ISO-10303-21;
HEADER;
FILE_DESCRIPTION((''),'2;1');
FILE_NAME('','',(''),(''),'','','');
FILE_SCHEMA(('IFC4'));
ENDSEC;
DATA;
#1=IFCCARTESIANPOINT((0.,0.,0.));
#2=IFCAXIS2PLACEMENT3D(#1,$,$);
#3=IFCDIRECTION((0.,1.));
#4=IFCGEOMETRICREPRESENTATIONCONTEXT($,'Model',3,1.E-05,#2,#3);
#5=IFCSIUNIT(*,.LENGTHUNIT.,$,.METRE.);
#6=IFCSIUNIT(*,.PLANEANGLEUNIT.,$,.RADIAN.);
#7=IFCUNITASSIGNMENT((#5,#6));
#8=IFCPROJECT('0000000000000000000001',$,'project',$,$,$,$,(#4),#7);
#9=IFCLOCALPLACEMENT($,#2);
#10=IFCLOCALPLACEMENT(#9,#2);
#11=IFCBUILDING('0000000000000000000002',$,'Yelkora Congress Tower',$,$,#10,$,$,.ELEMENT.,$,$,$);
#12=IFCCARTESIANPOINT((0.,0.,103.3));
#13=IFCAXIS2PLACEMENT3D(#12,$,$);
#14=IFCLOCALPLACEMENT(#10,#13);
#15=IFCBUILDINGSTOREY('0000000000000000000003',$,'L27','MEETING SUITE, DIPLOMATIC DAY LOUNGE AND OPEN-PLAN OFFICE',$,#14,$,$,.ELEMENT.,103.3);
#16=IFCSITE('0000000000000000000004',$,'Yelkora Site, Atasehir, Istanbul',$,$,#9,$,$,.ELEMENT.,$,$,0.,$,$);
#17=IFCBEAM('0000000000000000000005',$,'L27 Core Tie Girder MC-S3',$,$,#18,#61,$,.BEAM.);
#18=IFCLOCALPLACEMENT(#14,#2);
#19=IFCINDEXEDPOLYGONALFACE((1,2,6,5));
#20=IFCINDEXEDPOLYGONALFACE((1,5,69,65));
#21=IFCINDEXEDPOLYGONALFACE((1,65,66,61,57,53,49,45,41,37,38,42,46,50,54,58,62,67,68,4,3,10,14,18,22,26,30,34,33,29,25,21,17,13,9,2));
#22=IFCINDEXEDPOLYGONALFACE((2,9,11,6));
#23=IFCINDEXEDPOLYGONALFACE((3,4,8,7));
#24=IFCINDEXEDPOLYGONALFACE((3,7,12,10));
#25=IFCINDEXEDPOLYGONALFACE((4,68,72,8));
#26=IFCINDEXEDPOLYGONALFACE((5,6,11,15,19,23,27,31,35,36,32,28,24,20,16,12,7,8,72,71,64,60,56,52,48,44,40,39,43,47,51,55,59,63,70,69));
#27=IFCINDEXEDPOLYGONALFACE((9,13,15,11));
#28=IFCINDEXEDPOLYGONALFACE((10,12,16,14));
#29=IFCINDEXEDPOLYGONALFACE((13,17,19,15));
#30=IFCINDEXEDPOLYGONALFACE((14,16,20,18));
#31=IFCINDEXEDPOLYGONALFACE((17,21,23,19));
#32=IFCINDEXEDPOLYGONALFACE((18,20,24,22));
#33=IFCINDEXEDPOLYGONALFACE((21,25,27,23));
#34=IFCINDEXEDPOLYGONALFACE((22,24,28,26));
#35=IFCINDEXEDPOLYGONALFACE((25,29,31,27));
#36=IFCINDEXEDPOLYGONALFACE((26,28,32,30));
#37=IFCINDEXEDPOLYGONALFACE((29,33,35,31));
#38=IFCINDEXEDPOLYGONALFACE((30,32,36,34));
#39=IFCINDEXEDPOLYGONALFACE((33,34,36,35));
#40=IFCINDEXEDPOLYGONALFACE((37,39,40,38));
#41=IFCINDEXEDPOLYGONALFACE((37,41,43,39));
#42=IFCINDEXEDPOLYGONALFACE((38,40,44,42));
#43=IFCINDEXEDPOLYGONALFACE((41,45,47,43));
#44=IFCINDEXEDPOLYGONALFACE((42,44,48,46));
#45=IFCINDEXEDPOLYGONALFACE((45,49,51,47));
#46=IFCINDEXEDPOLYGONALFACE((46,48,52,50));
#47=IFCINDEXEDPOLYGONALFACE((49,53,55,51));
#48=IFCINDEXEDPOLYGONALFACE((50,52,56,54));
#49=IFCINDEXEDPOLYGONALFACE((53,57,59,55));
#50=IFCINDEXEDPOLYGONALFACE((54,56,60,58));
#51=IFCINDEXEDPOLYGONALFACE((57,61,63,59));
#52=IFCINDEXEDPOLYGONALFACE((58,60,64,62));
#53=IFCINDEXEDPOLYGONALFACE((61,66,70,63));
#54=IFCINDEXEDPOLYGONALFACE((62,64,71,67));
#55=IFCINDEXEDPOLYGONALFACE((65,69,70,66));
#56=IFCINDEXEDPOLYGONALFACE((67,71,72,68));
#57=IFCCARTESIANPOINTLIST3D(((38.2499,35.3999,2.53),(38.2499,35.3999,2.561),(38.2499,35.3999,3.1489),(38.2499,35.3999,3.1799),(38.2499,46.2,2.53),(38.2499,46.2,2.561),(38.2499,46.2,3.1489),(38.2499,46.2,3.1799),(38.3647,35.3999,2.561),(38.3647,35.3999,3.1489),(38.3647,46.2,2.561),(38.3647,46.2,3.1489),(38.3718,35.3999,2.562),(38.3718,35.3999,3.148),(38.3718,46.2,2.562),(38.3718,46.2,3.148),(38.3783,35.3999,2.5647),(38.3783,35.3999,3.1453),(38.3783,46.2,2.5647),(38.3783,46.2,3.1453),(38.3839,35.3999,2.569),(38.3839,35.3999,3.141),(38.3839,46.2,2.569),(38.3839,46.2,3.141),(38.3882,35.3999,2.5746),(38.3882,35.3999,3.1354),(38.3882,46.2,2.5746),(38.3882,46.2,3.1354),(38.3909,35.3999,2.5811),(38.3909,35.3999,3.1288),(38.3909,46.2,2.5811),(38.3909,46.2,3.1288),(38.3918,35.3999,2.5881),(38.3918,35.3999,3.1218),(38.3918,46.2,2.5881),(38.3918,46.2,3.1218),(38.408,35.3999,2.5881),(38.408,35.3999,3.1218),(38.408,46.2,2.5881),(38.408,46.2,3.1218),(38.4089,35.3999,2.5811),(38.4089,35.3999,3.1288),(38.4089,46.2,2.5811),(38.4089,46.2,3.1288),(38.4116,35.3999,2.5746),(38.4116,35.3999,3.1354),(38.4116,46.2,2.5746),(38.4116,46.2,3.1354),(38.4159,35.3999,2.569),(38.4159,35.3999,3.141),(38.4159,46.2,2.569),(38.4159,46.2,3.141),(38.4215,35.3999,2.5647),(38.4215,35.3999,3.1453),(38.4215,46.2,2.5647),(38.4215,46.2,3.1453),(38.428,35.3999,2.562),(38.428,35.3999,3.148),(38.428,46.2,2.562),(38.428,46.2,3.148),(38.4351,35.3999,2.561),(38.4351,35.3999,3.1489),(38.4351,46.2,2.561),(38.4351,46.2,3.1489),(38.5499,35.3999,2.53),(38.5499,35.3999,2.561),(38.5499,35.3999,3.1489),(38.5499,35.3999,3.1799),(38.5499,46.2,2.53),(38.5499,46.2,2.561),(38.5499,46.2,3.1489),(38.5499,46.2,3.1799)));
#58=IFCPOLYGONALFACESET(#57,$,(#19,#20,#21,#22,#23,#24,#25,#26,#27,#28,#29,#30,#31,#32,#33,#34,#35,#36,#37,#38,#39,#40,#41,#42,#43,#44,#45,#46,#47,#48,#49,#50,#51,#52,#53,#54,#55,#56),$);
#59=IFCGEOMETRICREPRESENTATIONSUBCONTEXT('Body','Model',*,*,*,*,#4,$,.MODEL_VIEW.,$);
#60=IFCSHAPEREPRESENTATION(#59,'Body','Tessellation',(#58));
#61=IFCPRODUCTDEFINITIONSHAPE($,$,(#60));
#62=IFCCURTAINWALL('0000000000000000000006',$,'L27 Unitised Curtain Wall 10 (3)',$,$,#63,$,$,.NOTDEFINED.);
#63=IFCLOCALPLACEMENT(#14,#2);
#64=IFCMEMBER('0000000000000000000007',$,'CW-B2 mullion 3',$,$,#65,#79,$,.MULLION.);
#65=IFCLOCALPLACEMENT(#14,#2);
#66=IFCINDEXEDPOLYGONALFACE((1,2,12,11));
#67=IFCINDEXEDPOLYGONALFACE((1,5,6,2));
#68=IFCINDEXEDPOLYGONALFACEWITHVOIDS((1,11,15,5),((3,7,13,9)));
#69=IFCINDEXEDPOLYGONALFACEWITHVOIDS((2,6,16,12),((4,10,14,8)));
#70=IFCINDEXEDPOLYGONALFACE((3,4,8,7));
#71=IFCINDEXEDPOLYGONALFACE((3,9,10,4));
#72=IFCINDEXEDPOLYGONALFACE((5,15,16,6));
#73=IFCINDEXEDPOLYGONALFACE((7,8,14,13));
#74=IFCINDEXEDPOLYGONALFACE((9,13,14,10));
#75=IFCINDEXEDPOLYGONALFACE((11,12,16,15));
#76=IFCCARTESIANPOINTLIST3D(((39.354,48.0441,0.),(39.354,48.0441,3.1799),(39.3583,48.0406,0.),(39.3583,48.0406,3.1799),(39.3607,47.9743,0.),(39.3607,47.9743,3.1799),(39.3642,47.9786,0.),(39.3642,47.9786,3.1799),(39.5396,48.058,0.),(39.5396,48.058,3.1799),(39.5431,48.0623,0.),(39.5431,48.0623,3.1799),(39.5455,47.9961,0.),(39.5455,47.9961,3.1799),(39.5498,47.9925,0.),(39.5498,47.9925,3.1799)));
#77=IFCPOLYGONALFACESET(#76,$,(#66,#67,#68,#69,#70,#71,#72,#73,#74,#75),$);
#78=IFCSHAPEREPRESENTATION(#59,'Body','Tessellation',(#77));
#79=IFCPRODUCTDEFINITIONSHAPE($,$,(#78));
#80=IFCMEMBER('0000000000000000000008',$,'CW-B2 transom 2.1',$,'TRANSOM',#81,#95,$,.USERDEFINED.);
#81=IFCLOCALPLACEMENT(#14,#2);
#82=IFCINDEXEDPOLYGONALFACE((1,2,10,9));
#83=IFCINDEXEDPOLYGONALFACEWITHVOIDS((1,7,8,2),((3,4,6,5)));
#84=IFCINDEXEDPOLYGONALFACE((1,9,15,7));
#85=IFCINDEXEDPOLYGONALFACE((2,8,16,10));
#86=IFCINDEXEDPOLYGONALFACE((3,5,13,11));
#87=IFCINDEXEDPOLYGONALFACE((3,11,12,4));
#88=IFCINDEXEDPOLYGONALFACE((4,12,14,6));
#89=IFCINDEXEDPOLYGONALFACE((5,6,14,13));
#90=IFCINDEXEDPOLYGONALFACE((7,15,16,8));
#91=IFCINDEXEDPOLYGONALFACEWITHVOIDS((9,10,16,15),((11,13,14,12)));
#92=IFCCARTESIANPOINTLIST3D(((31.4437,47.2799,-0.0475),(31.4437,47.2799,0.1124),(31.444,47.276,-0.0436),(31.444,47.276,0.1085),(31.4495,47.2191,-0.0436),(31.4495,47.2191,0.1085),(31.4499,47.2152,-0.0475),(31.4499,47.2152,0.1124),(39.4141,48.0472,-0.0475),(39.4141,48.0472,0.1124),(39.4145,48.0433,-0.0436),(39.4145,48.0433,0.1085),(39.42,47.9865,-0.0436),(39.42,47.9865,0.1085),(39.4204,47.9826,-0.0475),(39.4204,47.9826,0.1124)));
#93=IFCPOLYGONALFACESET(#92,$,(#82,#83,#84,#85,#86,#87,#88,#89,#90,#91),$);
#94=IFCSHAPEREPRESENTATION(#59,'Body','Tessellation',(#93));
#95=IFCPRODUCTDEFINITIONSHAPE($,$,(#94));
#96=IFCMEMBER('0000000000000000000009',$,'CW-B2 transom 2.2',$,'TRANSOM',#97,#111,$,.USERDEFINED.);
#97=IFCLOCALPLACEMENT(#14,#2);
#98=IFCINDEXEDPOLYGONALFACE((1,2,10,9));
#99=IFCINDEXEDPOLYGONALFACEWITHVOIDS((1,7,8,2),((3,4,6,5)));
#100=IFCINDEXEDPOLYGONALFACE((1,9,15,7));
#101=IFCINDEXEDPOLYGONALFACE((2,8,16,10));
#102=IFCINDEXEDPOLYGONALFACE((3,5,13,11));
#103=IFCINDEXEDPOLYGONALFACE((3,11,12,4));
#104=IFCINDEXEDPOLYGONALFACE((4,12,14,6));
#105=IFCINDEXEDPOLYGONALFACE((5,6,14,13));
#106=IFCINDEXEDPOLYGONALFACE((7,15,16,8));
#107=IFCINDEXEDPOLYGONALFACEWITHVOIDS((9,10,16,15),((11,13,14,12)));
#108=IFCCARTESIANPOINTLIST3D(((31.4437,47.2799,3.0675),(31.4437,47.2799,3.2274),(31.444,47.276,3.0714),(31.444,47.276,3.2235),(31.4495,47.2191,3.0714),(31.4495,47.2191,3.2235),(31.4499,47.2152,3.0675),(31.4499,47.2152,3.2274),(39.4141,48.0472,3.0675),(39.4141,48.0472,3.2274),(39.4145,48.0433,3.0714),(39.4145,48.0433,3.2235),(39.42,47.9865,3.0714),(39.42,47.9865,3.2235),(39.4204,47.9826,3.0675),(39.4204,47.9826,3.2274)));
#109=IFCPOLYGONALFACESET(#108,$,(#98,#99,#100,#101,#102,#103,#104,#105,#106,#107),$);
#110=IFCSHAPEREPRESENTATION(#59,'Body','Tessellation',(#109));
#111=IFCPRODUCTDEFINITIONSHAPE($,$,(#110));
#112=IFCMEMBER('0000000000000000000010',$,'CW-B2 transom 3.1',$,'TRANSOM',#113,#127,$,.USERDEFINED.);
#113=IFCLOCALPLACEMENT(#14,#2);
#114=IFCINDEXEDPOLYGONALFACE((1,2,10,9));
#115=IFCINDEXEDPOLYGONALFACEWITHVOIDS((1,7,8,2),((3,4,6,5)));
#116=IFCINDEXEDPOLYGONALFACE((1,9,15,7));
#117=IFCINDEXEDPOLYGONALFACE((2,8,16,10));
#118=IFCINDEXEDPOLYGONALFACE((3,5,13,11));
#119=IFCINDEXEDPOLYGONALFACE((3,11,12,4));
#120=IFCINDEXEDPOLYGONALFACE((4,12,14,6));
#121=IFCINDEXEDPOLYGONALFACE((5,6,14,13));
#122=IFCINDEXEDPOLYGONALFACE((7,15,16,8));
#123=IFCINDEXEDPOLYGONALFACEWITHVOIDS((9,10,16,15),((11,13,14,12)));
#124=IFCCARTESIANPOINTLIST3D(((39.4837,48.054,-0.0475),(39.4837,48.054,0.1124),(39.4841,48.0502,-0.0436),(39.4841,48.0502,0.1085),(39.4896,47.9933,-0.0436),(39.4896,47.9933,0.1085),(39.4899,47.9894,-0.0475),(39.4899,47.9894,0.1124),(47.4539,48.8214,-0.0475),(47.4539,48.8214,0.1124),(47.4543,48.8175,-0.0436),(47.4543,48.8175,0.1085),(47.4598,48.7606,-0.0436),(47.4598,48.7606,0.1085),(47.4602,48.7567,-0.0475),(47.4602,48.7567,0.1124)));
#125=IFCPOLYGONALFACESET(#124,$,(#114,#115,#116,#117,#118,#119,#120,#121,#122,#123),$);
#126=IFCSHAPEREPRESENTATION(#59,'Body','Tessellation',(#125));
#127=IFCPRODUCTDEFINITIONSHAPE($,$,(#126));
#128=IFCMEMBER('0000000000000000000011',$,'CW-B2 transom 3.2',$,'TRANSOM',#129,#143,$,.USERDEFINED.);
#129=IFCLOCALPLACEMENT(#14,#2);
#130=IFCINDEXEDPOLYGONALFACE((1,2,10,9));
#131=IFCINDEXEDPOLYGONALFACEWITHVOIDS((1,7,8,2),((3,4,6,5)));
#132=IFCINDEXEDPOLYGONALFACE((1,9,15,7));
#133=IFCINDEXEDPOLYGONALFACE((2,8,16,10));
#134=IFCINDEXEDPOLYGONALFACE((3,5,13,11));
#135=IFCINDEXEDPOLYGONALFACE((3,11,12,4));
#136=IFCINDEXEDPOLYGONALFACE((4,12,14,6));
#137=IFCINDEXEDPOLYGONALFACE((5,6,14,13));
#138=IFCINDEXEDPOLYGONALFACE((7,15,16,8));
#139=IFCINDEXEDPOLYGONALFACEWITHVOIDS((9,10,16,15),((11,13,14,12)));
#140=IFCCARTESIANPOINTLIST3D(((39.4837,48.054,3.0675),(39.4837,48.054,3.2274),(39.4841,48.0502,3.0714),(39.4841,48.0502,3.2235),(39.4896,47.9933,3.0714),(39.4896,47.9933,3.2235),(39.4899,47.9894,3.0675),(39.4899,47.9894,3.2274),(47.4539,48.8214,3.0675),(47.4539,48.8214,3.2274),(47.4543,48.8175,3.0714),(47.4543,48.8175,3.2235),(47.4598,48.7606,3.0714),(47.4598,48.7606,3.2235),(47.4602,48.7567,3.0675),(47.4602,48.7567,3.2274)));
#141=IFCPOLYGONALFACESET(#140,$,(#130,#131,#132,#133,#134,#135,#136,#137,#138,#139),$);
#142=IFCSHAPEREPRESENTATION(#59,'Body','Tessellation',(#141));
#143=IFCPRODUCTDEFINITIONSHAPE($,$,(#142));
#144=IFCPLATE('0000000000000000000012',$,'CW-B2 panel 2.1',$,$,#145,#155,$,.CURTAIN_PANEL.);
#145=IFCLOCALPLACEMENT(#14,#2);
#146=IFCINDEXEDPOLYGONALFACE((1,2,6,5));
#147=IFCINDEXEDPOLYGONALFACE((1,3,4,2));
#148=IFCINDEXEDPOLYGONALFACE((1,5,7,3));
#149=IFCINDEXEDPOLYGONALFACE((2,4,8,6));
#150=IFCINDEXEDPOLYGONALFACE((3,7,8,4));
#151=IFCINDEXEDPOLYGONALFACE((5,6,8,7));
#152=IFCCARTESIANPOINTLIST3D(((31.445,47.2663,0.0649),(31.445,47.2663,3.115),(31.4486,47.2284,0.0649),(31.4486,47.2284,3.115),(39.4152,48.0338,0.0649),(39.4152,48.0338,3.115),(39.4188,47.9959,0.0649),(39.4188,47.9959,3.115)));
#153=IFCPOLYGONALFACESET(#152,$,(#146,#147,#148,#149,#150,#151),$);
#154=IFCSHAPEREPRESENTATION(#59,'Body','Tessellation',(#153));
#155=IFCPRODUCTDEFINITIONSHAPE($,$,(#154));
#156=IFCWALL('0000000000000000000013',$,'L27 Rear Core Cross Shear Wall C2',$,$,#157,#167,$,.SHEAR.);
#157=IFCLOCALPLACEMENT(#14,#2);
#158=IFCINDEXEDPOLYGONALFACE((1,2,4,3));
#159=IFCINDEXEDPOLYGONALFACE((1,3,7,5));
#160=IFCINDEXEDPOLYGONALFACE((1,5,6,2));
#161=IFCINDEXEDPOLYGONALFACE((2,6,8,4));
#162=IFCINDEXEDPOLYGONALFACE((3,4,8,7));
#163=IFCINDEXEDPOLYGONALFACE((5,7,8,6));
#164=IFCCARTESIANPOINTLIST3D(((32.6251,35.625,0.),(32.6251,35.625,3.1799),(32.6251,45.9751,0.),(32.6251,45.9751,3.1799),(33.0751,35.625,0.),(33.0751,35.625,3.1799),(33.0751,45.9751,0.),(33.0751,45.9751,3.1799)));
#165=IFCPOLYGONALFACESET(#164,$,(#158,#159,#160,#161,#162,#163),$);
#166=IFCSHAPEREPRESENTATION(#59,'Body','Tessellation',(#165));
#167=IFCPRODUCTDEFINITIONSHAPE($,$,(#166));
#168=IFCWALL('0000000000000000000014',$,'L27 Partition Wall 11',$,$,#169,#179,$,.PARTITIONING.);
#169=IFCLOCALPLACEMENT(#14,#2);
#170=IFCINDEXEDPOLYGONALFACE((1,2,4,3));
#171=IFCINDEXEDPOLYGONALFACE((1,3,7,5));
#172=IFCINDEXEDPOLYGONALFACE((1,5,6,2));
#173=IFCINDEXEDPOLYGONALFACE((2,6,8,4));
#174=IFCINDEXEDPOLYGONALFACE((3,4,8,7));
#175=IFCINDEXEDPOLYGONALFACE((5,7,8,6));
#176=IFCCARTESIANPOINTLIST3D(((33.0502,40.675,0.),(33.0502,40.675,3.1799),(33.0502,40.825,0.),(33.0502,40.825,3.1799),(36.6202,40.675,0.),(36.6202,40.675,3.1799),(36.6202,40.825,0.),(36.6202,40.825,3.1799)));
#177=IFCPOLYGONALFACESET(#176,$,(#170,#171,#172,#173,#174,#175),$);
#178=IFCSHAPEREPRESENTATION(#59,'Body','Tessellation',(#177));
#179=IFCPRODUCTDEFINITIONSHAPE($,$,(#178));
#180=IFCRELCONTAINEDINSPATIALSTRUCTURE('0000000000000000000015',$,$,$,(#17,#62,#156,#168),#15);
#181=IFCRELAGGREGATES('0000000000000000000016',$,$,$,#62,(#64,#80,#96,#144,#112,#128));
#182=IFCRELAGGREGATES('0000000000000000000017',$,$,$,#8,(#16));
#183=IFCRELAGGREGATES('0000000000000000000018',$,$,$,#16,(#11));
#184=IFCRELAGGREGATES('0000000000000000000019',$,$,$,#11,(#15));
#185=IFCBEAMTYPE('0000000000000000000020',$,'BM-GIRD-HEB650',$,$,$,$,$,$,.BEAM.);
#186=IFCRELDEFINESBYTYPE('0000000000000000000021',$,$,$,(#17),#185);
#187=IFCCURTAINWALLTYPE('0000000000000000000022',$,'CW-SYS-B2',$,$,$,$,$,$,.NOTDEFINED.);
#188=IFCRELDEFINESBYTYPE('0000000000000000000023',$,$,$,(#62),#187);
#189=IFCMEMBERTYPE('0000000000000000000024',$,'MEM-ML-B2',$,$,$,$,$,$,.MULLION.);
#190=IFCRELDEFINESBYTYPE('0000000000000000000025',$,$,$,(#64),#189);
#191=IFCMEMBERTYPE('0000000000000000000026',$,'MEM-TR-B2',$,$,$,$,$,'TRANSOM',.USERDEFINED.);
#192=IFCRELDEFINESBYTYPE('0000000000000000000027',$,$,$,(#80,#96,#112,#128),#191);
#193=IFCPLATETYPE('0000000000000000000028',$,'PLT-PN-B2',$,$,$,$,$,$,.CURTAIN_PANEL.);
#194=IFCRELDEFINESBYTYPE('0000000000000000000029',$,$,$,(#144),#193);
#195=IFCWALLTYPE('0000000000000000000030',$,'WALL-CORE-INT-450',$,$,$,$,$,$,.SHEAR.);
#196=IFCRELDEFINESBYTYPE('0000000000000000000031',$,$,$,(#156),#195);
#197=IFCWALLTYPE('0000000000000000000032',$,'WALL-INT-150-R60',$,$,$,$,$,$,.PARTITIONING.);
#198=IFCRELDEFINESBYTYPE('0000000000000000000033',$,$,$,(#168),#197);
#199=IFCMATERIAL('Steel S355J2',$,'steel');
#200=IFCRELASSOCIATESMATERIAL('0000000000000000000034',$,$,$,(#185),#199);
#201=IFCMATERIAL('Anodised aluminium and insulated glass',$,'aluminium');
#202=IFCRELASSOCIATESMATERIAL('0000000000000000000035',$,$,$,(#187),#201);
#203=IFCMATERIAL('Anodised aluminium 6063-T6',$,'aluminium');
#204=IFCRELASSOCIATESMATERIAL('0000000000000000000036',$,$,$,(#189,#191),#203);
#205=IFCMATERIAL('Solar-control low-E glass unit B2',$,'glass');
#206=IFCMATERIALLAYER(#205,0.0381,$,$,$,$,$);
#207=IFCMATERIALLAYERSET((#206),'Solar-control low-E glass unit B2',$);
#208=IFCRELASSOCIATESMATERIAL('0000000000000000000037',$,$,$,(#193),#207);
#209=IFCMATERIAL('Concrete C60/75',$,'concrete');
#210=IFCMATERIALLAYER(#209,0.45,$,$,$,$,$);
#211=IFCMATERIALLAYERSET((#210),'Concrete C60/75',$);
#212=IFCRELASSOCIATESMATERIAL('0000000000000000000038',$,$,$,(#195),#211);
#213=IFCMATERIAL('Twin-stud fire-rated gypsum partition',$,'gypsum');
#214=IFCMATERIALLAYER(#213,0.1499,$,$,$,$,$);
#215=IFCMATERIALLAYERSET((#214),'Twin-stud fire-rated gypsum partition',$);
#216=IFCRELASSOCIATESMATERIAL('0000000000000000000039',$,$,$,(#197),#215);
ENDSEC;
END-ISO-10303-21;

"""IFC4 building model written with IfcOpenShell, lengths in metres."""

from ifc_helpers import new_model, si_unit, direction, frame, frame_2d, origin, origin_2d, place, context, subcontext, project, spatial, rectangle, hollow_rectangle, i_section, extrude, material, layer, layer_set, material_profile, profile_set, type_object, element, aggregate, save


model = new_model("IFC4")

# Units and contexts
model_context = context("Model", 3, precision=1e-05, world=origin(), true_north=direction((0.0, 1.0)))
body_context = subcontext(model_context, "Body", "Model", "MODEL_VIEW")
ifc_project = project(units=[si_unit("LENGTHUNIT", "METRE"), si_unit("PLANEANGLEUNIT", "RADIAN")], contexts=[model_context])

# Site, building, storey
site_placement = place(None, origin())
site = spatial("IfcSite", under=ifc_project, at=site_placement, Name="Yelkora Site, Atasehir, Istanbul", CompositionType="ELEMENT", RefElevation=0.0)
building_placement = place(site_placement, origin())
building = spatial("IfcBuilding", under=site, at=building_placement, Name="Yelkora Congress Tower", CompositionType="ELEMENT")
storey_placement = place(building_placement, frame((0.0, 0.0, 103.3)))
storey = spatial("IfcBuildingStorey", under=building, at=storey_placement, Name="L27", Description="MEETING SUITE, DIPLOMATIC DAY LOUNGE AND OPEN-PLAN OFFICE", CompositionType="ELEMENT", Elevation=103.3)

# Beam
ifc_material_1 = material(Name="Steel S355J2", Category="steel")
ifc_material_profile_1 = material_profile(ifc_material_1, i_section(OverallWidth=0.3, OverallDepth=0.6499, WebThickness=0.0161, FlangeThickness=0.031, FilletRadius=0.0271, at=origin_2d()), Name="HEB 650")
ifc_profile_set_1 = profile_set([ifc_material_profile_1], Name="Steel S355J2")
beam_type = type_object("IfcBeamType", Name="BM-GIRD-HEB650", PredefinedType="BEAM", material=ifc_profile_set_1)
beam_placement = place(storey_placement, frame((38.3999, 35.3999, 2.855), z_axis=(0.0, 1.0, 0.0), x_axis=(-1.0, 0.0, 0.0)))
element("IfcBeam", 1, at=beam_placement, inside=storey, type_object=beam_type, Name="L27 Core Tie Girder MC-S3", PredefinedType="BEAM", context=body_context, shape_type="SweptSolid", body=[
    extrude(i_section(OverallWidth=0.3, OverallDepth=0.6499, WebThickness=0.0161, FlangeThickness=0.031, FilletRadius=0.0271, at=origin_2d()), origin(), (0.0, 0.0, 1.0), 10.8),
])

# Curtain wall, members, plate
ifc_material_2 = material(Name="Anodised aluminium and insulated glass", Category="aluminium")
curtain_wall_type = type_object("IfcCurtainWallType", Name="CW-SYS-B2", PredefinedType="NOTDEFINED", material=ifc_material_2)
curtain_wall_placement = place(storey_placement, origin())
curtain_wall = element("IfcCurtainWall", 2, at=curtain_wall_placement, inside=storey, type_object=curtain_wall_type, Name="L27 Unitised Curtain Wall 10 (3)", PredefinedType="NOTDEFINED")
ifc_material_3 = material(Name="Anodised aluminium 6063-T6", Category="aluminium")
ifc_material_profile_2 = material_profile(ifc_material_3, hollow_rectangle(XDim=0.0701, YDim=0.1899, WallThickness=0.0039, at=origin_2d()), Name="ALU 70x190x4")
ifc_profile_set_2 = profile_set([ifc_material_profile_2], Name="Anodised aluminium 6063-T6")
member_type_1 = type_object("IfcMemberType", Name="MEM-ML-B2", PredefinedType="MULLION", material=ifc_profile_set_2)
member_1_placement = place(storey_placement, frame((39.4519, 48.0183, 0.0), z_axis=(0.0, 0.0, 1.0), x_axis=(-0.095844, 0.995396, 0.0)))
member_1 = element("IfcMember", 3, at=member_1_placement, type_object=member_type_1, Name="CW-B2 mullion 3", PredefinedType="MULLION", context=body_context, shape_type="SweptSolid", body=[
    extrude(hollow_rectangle(XDim=0.0701, YDim=0.1899, WallThickness=0.0039, at=origin_2d()), origin(), (0.0, 0.0, 1.0), 3.1799),
])
ifc_material_profile_3 = material_profile(ifc_material_3, hollow_rectangle(XDim=0.0649, YDim=0.1599, WallThickness=0.0039, at=origin_2d()), Name="ALU 65x160x4")
ifc_profile_set_3 = profile_set([ifc_material_profile_3], Name="Anodised aluminium 6063-T6")
member_type_2 = type_object("IfcMemberType", Name="MEM-TR-B2", ElementType="TRANSOM", PredefinedType="USERDEFINED", material=ifc_profile_set_3)
member_2_placement = place(storey_placement, frame((31.4468, 47.2476, 0.0325), z_axis=(0.995398, 0.095829, 0.0), x_axis=(-0.095829, 0.995398, 0.0)))
member_2 = element("IfcMember", 4, at=member_2_placement, type_object=member_type_2, Name="CW-B2 transom 2.1", ObjectType="TRANSOM", PredefinedType="USERDEFINED", context=body_context, shape_type="SweptSolid", body=[
    extrude(hollow_rectangle(XDim=0.0649, YDim=0.1599, WallThickness=0.0039, at=origin_2d()), origin(), (0.0, 0.0, 1.0), 8.0073),
])
member_3_placement = place(storey_placement, frame((31.4468, 47.2476, 3.1475), z_axis=(0.995398, 0.095829, 0.0), x_axis=(-0.095829, 0.995398, 0.0)))
member_3 = element("IfcMember", 5, at=member_3_placement, type_object=member_type_2, Name="CW-B2 transom 2.2", ObjectType="TRANSOM", PredefinedType="USERDEFINED", context=body_context, shape_type="SweptSolid", body=[
    extrude(hollow_rectangle(XDim=0.0649, YDim=0.1599, WallThickness=0.0039, at=origin_2d()), origin(), (0.0, 0.0, 1.0), 8.0073),
])
member_4_placement = place(storey_placement, frame((39.4868, 48.0217, 0.0325), z_axis=(0.995398, 0.095832, 0.0), x_axis=(-0.095832, 0.995398, 0.0)))
member_4 = element("IfcMember", 6, at=member_4_placement, type_object=member_type_2, Name="CW-B2 transom 3.1", ObjectType="TRANSOM", PredefinedType="USERDEFINED", context=body_context, shape_type="SweptSolid", body=[
    extrude(hollow_rectangle(XDim=0.0649, YDim=0.1599, WallThickness=0.0039, at=origin_2d()), origin(), (0.0, 0.0, 1.0), 8.0071),
])
member_5_placement = place(storey_placement, frame((39.4868, 48.0217, 3.1475), z_axis=(0.995398, 0.095832, 0.0), x_axis=(-0.095832, 0.995398, 0.0)))
member_5 = element("IfcMember", 7, at=member_5_placement, type_object=member_type_2, Name="CW-B2 transom 3.2", ObjectType="TRANSOM", PredefinedType="USERDEFINED", context=body_context, shape_type="SweptSolid", body=[
    extrude(hollow_rectangle(XDim=0.0649, YDim=0.1599, WallThickness=0.0039, at=origin_2d()), origin(), (0.0, 0.0, 1.0), 8.0071),
])
ifc_material_4 = material(Name="Solar-control low-E glass unit B2", Category="glass")
ifc_layer_1 = layer(ifc_material_4, 0.0381)
ifc_layer_set_1 = layer_set([ifc_layer_1], Name="Solar-control low-E glass unit B2")
plate_type = type_object("IfcPlateType", Name="PLT-PN-B2", PredefinedType="CURTAIN_PANEL", material=ifc_layer_set_1)
plate_placement = place(storey_placement, frame((35.4319, 47.6311, 0.0649), z_axis=(0.0, 0.0, 1.0), x_axis=(0.995396, 0.095844, 0.0)))
plate = element("IfcPlate", 8, at=plate_placement, type_object=plate_type, Name="CW-B2 panel 2.1", PredefinedType="CURTAIN_PANEL", context=body_context, shape_type="SweptSolid", body=[
    extrude(rectangle(XDim=8.0071, YDim=0.0381, at=origin_2d()), origin(), (0.0, 0.0, 1.0), 3.05),
])
aggregate(curtain_wall, [member_1, member_2, member_3, plate, member_4, member_5])

# Walls
ifc_material_5 = material(Name="Concrete C60/75", Category="concrete")
ifc_layer_2 = layer(ifc_material_5, 0.45)
ifc_layer_set_2 = layer_set([ifc_layer_2], Name="Concrete C60/75")
wall_type_1 = type_object("IfcWallType", Name="WALL-CORE-INT-450", PredefinedType="SHEAR", material=ifc_layer_set_2)
wall_1_placement = place(storey_placement, frame((32.8501, 35.625, 0.0), z_axis=(0.0, 0.0, 1.0), x_axis=(0.0, 1.0, 0.0)))
element("IfcWall", 9, at=wall_1_placement, inside=storey, type_object=wall_type_1, Name="L27 Rear Core Cross Shear Wall C2", PredefinedType="SHEAR", context=body_context, shape_type="SweptSolid", body=[
    extrude(rectangle(XDim=10.3501, YDim=0.45, at=frame_2d((5.175, 0.0))), origin(), (0.0, 0.0, 1.0), 3.1799),
])
ifc_material_6 = material(Name="Twin-stud fire-rated gypsum partition", Category="gypsum")
ifc_layer_3 = layer(ifc_material_6, 0.1499)
ifc_layer_set_3 = layer_set([ifc_layer_3], Name="Twin-stud fire-rated gypsum partition")
wall_type_2 = type_object("IfcWallType", Name="WALL-INT-150-R60", PredefinedType="PARTITIONING", material=ifc_layer_set_3)
wall_2_placement = place(storey_placement, frame((33.05, 40.75, 0.0), z_axis=(0.0, 0.0, 1.0), x_axis=(1.0, 0.0, 0.0)))
element("IfcWall", 10, at=wall_2_placement, inside=storey, type_object=wall_type_2, Name="L27 Partition Wall 11", PredefinedType="PARTITIONING", context=body_context, shape_type="SweptSolid", body=[
    extrude(rectangle(XDim=3.5701, YDim=0.1499, at=frame_2d((1.7852, 0.0))), origin(), (0.0, 0.0, 1.0), 3.1799),
])

save(model, "model.ifc")
